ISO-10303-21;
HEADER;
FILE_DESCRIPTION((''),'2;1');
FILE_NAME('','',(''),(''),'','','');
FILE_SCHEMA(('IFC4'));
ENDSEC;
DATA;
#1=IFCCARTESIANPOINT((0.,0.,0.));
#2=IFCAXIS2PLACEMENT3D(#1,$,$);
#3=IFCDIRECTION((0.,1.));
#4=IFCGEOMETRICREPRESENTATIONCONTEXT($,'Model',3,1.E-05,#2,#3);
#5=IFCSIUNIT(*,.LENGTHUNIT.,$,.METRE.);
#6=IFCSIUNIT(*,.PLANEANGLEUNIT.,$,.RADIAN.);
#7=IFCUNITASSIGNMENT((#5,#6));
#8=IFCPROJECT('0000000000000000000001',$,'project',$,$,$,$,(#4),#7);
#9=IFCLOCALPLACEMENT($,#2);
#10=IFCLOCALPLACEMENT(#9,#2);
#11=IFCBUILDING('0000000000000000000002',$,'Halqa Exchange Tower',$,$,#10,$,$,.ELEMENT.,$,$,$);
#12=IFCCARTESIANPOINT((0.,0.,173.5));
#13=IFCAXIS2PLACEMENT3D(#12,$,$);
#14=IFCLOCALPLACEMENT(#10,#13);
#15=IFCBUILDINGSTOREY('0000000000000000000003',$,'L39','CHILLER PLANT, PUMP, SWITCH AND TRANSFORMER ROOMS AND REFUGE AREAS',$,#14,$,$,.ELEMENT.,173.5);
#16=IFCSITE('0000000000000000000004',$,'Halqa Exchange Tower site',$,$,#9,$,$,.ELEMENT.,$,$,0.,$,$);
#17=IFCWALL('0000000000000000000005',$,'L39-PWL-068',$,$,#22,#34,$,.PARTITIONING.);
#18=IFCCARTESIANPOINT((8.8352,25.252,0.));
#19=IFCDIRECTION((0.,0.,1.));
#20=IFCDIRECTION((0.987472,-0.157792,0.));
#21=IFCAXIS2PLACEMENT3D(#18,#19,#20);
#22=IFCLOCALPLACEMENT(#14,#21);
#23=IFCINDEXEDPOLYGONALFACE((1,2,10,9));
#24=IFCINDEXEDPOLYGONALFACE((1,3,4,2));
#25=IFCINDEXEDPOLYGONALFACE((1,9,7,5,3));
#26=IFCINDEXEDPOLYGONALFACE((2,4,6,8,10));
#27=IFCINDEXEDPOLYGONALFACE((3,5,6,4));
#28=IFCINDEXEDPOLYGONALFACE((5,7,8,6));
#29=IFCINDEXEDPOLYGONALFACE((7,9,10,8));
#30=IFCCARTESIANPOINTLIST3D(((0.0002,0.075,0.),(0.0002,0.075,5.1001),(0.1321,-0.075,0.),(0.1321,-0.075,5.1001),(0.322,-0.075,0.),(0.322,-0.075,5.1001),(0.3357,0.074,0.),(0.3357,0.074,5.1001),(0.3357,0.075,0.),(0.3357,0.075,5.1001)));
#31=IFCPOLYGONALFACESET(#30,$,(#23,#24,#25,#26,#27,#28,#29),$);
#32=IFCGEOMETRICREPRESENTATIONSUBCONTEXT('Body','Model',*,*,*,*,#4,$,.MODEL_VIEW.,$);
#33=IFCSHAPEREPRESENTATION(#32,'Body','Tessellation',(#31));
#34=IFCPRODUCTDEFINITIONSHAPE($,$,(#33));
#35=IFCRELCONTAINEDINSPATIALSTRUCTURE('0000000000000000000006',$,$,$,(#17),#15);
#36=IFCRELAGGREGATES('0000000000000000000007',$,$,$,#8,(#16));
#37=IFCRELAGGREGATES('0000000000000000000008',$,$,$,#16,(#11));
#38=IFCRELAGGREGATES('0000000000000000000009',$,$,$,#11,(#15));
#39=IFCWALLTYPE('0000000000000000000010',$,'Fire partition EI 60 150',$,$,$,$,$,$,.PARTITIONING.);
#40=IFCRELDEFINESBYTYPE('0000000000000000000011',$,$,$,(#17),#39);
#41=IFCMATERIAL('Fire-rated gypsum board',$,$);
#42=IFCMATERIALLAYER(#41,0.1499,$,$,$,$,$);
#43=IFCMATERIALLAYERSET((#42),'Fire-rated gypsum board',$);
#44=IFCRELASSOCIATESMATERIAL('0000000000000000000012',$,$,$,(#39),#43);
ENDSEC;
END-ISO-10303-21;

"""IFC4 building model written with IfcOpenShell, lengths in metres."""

from ifc_helpers import new_model, si_unit, direction, frame, origin, place, context, subcontext, project, spatial, polyline, outline, extrude, material, layer, layer_set, type_object, element, save


model = new_model("IFC4")

# Units and contexts
model_context = context("Model", 3, precision=1e-05, world=origin(), true_north=direction((0.0, 1.0)))
body_context = subcontext(model_context, "Body", "Model", "MODEL_VIEW")
ifc_project = project(units=[si_unit("LENGTHUNIT", "METRE"), si_unit("PLANEANGLEUNIT", "RADIAN")], contexts=[model_context])

# Site, building, storey
site_placement = place(None, origin())
site = spatial("IfcSite", under=ifc_project, at=site_placement, Name="Halqa Exchange Tower site", CompositionType="ELEMENT", RefElevation=0.0)
building_placement = place(site_placement, origin())
building = spatial("IfcBuilding", under=site, at=building_placement, Name="Halqa Exchange Tower", CompositionType="ELEMENT")
storey_placement = place(building_placement, frame((0.0, 0.0, 173.5)))
storey = spatial("IfcBuildingStorey", under=building, at=storey_placement, Name="L39", Description="CHILLER PLANT, PUMP, SWITCH AND TRANSFORMER ROOMS AND REFUGE AREAS", CompositionType="ELEMENT", Elevation=173.5)

# Wall
ifc_material_1 = material(Name="Fire-rated gypsum board")
ifc_layer_1 = layer(ifc_material_1, 0.1499)
ifc_layer_set_1 = layer_set([ifc_layer_1], Name="Fire-rated gypsum board")
wall_type = type_object("IfcWallType", Name="Fire partition EI 60 150", PredefinedType="PARTITIONING", material=ifc_layer_set_1)
wall_1_placement = place(storey_placement, frame((8.8352, 25.252, 0.0), z_axis=(0.0, 0.0, 1.0), x_axis=(0.987472, -0.157792, 0.0)))
element("IfcWall", 1, at=wall_1_placement, inside=storey, type_object=wall_type, Name="L39-PWL-068", PredefinedType="PARTITIONING", context=body_context, shape_type="SweptSolid", body=[
    extrude(outline(polyline([(0.1321, -0.075), (0.322, -0.075), (0.3357, 0.074), (0.3357, 0.075), (0.0002, 0.075), (0.1321, -0.075)])), origin(), (0.0, 0.0, 1.0), 5.1001),
])

save(model, "model.ifc")
